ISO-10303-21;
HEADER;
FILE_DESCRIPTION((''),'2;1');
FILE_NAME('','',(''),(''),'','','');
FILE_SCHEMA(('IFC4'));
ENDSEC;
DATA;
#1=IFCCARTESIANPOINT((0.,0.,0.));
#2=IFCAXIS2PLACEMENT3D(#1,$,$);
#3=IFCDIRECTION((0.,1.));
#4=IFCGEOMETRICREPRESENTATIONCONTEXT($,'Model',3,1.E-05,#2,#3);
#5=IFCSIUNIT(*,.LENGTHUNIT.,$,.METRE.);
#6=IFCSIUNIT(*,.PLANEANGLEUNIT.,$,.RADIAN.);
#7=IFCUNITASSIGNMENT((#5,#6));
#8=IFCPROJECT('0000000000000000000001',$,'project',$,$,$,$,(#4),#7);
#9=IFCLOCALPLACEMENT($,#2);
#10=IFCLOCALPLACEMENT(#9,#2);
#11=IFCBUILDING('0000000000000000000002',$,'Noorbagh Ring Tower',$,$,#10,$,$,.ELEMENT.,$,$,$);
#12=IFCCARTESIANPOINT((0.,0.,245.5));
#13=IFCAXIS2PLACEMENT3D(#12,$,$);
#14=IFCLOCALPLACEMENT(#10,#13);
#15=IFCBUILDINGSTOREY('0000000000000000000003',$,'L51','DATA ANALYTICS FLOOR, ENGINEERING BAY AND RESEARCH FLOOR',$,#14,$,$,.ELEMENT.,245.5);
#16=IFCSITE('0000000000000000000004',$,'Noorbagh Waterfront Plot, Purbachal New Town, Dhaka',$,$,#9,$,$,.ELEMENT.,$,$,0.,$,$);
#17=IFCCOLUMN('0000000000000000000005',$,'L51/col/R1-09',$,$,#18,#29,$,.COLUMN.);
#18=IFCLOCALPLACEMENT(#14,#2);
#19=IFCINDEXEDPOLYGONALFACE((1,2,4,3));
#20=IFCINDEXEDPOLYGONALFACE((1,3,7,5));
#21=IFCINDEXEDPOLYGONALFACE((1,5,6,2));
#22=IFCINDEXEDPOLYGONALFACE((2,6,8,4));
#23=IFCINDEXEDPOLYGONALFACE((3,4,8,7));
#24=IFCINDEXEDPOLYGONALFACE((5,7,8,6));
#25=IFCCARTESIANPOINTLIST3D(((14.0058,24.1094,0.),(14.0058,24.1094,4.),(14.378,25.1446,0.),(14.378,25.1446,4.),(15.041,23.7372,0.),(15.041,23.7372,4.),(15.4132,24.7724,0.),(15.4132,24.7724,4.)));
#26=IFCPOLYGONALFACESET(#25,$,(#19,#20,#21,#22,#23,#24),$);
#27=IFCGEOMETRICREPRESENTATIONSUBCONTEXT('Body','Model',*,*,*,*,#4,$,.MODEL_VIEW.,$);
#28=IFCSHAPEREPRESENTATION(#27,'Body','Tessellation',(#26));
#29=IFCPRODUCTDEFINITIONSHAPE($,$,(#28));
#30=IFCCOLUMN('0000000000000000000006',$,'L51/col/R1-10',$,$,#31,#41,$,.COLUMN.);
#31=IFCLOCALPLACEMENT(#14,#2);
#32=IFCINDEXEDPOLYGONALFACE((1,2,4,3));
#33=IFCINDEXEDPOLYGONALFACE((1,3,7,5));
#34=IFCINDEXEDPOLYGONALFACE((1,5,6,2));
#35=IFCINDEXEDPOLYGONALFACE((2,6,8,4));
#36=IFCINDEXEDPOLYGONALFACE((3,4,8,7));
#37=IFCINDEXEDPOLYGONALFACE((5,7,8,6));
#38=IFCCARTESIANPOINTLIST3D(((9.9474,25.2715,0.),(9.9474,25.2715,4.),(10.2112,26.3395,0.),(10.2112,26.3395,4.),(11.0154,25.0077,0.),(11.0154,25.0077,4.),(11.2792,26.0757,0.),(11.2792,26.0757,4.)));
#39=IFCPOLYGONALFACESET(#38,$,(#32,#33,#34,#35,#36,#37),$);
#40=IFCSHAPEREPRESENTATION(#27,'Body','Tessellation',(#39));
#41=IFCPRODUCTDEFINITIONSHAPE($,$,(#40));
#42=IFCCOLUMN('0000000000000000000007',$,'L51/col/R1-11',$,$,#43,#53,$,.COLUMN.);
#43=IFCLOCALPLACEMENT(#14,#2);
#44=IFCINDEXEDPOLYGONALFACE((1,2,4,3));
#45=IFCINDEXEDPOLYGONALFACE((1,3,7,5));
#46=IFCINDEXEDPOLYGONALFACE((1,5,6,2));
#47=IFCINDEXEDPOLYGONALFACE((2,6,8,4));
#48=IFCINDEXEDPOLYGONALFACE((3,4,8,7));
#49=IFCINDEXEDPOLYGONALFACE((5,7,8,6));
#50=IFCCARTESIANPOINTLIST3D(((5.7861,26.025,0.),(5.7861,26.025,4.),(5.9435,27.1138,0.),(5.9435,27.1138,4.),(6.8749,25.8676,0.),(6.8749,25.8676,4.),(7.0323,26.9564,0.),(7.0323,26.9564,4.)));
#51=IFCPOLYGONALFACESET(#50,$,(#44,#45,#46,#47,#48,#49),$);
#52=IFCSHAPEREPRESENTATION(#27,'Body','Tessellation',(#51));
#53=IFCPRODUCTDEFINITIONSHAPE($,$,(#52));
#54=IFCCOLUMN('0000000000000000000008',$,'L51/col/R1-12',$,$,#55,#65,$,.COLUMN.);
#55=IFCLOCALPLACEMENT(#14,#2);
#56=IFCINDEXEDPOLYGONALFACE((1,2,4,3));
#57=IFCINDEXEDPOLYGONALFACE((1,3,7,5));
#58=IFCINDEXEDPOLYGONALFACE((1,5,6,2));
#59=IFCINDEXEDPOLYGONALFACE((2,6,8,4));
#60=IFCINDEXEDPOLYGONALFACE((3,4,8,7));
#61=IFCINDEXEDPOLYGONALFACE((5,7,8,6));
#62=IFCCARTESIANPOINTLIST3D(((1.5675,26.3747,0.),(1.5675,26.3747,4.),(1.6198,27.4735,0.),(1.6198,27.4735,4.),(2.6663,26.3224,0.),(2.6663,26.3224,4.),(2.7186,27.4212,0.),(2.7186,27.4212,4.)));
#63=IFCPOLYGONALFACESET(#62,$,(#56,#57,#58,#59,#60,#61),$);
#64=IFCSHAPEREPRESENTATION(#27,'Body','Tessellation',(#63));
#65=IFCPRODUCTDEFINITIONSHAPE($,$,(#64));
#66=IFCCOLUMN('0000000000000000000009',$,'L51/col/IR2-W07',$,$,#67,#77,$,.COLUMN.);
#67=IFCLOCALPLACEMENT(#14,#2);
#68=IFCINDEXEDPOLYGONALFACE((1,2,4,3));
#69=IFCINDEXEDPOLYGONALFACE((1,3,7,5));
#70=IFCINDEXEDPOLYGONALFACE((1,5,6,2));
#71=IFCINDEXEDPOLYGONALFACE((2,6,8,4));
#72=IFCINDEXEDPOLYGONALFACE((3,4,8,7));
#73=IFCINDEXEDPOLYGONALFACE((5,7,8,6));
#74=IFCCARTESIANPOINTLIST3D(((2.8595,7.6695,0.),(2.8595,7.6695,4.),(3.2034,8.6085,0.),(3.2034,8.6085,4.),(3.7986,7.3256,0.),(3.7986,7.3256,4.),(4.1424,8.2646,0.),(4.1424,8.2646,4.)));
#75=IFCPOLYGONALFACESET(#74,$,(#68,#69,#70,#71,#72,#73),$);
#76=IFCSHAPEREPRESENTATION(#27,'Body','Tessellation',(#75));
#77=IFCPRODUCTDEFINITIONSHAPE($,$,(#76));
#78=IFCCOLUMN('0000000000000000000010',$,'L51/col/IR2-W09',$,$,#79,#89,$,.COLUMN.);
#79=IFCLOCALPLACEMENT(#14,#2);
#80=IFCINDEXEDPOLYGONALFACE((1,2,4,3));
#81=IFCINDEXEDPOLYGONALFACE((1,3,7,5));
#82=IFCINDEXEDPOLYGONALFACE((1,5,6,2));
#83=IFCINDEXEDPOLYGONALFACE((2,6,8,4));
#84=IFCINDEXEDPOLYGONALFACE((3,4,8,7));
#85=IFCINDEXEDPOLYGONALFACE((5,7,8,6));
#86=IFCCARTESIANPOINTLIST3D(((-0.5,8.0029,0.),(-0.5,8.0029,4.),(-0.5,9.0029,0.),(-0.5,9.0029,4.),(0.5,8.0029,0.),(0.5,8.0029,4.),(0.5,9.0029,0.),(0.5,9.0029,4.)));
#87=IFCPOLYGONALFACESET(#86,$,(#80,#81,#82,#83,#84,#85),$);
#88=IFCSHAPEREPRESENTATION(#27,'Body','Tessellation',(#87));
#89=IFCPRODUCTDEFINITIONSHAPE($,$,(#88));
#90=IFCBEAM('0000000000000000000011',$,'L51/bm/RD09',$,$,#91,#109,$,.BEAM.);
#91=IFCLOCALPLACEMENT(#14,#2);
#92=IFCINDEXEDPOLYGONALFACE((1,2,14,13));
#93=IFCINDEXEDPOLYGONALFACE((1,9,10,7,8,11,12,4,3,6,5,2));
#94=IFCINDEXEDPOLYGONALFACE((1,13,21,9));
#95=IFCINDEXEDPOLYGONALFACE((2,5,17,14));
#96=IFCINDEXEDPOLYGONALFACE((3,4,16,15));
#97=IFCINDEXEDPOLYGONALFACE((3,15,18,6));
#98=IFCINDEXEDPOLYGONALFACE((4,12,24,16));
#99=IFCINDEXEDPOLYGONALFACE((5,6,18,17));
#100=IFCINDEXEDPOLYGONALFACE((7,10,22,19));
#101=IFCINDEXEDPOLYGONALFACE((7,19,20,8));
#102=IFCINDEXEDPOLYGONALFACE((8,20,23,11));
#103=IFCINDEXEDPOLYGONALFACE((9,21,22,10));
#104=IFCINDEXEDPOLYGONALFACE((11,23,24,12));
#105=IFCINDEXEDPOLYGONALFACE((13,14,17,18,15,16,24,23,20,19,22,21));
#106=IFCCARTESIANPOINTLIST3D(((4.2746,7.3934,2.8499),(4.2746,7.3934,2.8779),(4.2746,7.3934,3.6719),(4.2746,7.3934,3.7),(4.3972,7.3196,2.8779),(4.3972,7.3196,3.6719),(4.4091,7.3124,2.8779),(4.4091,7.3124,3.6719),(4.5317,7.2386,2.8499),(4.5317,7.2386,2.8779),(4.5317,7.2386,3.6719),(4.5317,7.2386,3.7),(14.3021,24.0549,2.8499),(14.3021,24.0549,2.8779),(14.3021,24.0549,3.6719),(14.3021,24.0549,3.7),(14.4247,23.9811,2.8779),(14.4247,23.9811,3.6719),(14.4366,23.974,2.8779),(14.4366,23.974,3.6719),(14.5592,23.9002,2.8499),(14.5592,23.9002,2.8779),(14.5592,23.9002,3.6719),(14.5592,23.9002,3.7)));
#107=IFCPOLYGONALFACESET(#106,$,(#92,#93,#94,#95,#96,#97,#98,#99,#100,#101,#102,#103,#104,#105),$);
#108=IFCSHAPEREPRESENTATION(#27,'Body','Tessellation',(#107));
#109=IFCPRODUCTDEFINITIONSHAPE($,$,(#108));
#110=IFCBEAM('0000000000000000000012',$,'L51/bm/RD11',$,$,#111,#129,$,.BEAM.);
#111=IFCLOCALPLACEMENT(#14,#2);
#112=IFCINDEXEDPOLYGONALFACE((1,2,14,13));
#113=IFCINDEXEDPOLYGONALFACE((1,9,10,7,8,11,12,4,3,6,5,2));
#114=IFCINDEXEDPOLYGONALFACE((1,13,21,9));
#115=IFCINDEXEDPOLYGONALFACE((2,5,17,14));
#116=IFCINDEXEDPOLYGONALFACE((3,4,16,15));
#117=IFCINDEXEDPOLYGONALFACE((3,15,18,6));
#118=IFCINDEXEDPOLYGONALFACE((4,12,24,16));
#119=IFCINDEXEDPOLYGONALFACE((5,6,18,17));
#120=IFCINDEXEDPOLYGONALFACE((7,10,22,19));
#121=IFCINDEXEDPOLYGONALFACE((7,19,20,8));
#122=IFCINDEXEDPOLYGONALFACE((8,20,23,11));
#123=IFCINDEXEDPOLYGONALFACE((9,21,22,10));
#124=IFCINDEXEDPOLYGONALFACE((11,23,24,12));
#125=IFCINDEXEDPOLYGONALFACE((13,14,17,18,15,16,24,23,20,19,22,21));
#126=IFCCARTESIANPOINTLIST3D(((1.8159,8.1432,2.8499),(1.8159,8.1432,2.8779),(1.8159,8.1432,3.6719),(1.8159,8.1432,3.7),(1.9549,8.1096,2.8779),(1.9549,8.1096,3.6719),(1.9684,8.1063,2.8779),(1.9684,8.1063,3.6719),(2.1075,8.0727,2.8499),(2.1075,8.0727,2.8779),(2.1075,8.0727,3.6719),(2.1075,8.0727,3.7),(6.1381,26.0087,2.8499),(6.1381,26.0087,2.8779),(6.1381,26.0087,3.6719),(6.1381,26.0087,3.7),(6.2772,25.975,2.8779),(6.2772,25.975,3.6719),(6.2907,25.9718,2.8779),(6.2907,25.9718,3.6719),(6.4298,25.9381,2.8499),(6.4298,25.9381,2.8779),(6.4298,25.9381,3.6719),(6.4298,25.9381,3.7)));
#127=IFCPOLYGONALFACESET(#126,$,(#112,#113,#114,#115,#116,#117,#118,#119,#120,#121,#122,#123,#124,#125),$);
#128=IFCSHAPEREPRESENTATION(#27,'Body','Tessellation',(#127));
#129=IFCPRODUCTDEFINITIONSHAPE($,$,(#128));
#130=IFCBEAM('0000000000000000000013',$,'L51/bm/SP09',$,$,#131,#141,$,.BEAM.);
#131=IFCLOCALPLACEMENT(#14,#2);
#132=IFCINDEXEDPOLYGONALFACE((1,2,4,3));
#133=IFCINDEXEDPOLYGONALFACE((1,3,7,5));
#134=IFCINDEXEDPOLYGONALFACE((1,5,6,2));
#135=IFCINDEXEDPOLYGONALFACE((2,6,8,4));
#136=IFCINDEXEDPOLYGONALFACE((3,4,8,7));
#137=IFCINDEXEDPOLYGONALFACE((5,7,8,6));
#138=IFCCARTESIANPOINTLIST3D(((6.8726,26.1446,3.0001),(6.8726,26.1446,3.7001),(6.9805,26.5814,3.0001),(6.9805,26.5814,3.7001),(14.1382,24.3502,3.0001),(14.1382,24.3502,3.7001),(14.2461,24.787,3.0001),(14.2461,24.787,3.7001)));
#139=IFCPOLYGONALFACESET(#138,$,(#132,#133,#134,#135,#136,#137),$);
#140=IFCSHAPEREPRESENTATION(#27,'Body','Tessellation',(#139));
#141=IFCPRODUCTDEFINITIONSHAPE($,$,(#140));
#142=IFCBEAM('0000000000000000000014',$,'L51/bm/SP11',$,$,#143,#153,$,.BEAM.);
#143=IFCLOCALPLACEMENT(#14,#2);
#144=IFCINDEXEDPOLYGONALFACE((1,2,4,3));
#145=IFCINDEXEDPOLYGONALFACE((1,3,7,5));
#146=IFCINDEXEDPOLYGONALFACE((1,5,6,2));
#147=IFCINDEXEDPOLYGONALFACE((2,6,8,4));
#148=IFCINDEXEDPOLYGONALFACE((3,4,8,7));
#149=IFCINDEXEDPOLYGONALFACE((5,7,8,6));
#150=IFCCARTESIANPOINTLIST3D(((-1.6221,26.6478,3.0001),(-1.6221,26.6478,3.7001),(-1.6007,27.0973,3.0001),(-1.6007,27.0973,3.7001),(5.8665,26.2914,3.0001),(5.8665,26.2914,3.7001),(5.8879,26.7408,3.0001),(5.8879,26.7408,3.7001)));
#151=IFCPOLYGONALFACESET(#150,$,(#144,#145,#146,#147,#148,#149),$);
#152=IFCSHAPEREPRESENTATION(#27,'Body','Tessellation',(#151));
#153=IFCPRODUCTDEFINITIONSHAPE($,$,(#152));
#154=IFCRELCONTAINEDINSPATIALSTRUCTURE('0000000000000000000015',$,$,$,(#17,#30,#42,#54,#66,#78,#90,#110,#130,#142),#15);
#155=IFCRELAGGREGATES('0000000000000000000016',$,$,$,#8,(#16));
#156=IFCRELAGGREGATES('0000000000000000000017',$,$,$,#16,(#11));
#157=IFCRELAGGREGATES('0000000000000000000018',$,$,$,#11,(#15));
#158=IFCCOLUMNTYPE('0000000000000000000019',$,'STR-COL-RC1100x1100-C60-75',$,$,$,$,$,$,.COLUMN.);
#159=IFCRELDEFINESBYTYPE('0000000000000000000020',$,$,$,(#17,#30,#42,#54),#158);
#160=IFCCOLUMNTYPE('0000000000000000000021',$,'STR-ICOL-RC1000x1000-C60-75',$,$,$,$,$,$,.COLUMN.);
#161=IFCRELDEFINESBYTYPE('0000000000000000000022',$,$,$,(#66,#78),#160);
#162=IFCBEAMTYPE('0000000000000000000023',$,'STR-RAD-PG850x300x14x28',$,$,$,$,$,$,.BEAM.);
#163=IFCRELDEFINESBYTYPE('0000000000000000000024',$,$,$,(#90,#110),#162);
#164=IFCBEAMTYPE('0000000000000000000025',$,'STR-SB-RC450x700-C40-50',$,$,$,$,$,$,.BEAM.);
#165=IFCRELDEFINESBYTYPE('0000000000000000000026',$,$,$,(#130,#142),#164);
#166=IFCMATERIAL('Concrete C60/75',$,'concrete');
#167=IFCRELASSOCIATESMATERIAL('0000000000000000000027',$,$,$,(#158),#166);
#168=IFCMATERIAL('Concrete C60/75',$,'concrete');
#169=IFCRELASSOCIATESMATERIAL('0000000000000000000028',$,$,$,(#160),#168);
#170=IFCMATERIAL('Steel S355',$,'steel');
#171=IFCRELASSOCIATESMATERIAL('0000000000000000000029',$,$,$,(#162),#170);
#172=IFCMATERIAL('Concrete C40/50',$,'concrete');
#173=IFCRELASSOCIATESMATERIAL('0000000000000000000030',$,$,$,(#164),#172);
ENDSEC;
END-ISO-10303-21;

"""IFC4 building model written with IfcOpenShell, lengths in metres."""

from ifc_helpers import new_model, si_unit, direction, frame, origin, origin_2d, place, context, subcontext, project, spatial, rectangle, i_section, extrude, material, material_profile, profile_set, type_object, element, save


model = new_model("IFC4")

# Units and contexts
model_context = context("Model", 3, precision=1e-05, world=origin(), true_north=direction((0.0, 1.0)))
body_context = subcontext(model_context, "Body", "Model", "MODEL_VIEW")
ifc_project = project(units=[si_unit("LENGTHUNIT", "METRE"), si_unit("PLANEANGLEUNIT", "RADIAN")], contexts=[model_context])

# Site, building, storey
site_placement = place(None, origin())
site = spatial("IfcSite", under=ifc_project, at=site_placement, Name="Noorbagh Waterfront Plot, Purbachal New Town, Dhaka", CompositionType="ELEMENT", RefElevation=0.0)
building_placement = place(site_placement, origin())
building = spatial("IfcBuilding", under=site, at=building_placement, Name="Noorbagh Ring Tower", CompositionType="ELEMENT")
storey_placement = place(building_placement, frame((0.0, 0.0, 245.5)))
storey = spatial("IfcBuildingStorey", under=building, at=storey_placement, Name="L51", Description="DATA ANALYTICS FLOOR, ENGINEERING BAY AND RESEARCH FLOOR", CompositionType="ELEMENT", Elevation=245.5)

# Columns
ifc_material_1 = material(Name="Concrete C60/75", Category="concrete")
ifc_material_profile_1 = material_profile(ifc_material_1, rectangle(XDim=1.1001, YDim=1.1001, at=origin_2d()), Name="RC1100x1100")
ifc_profile_set_1 = profile_set([ifc_material_profile_1], Name="Concrete C60/75")
column_type_1 = type_object("IfcColumnType", Name="STR-COL-RC1100x1100-C60-75", PredefinedType="COLUMN", material=ifc_profile_set_1)
for number, where, z_axis, x_axis, name in (
    (1, (14.7095, 24.4409, 0.0), (0.0, 0.0, 1.0), (-0.941025, 0.338338, 0.0), "L51/col/R1-09"),
    (2, (10.6133, 25.6736, 0.0), (0.0, 0.0, 1.0), (-0.970829, 0.239771, 0.0), "L51/col/R1-10"),
    (3, (6.4092, 26.4907, 0.0), (0.0, 0.0, 1.0), (-0.989713, 0.143066, 0.0), "L51/col/R1-11"),
    (4, (2.1431, 26.8979, 0.0), (0.0, 0.0, 1.0), (-0.998869, 0.047553, 0.0), "L51/col/R1-12"),
):
    element("IfcColumn", number, at=place(storey_placement, frame(where, z_axis=z_axis, x_axis=x_axis)), inside=storey, type_object=column_type_1, Name=name, PredefinedType="COLUMN", context=body_context, shape_type="SweptSolid", body=[
        extrude(rectangle(XDim=1.1001, YDim=1.1001, at=origin_2d()), origin(), (0.0, 0.0, 1.0), 4.0),
    ])
ifc_material_2 = material(Name="Concrete C60/75", Category="concrete")
ifc_material_profile_2 = material_profile(ifc_material_2, rectangle(XDim=1.0, YDim=1.0, at=origin_2d()), Name="RC1000x1000")
ifc_profile_set_2 = profile_set([ifc_material_profile_2], Name="Concrete C60/75")
column_type_2 = type_object("IfcColumnType", Name="STR-ICOL-RC1000x1000-C60-75", PredefinedType="COLUMN", material=ifc_profile_set_2)
for number, where, z_axis, x_axis, name in (
    (5, (3.501, 7.967, 0.0), (0.0, 0.0, 1.0), (-0.93902, 0.343864, 0.0), "L51/col/IR2-W07"),
    (6, (0.0, 8.5029, 0.0), (0.0, 0.0, 1.0), (-1.0, 0.0, 0.0), "L51/col/IR2-W09"),
):
    element("IfcColumn", number, at=place(storey_placement, frame(where, z_axis=z_axis, x_axis=x_axis)), inside=storey, type_object=column_type_2, Name=name, PredefinedType="COLUMN", context=body_context, shape_type="SweptSolid", body=[
        extrude(rectangle(XDim=1.0, YDim=1.0, at=origin_2d()), origin(), (0.0, 0.0, 1.0), 4.0),
    ])

# Beams
ifc_material_3 = material(Name="Steel S355", Category="steel")
ifc_material_profile_3 = material_profile(ifc_material_3, i_section(OverallWidth=0.3, OverallDepth=0.8501, WebThickness=0.0139, FlangeThickness=0.0281, at=origin_2d()), Name="PG850x300x14x28")
ifc_profile_set_3 = profile_set([ifc_material_profile_3], Name="Steel S355")
beam_type_1 = type_object("IfcBeamType", Name="STR-RAD-PG850x300x14x28", PredefinedType="BEAM", material=ifc_profile_set_3)
beam_1_placement = place(storey_placement, frame((14.4307, 23.9775, 3.2749), z_axis=(-0.515653, -0.856798, 0.0), x_axis=(0.856798, -0.515653, 0.0)))
element("IfcBeam", 7, at=beam_1_placement, inside=storey, type_object=beam_type_1, Name="L51/bm/RD09", PredefinedType="BEAM", context=body_context, shape_type="SweptSolid", body=[
    extrude(i_section(OverallWidth=0.3, OverallDepth=0.8501, WebThickness=0.0139, FlangeThickness=0.0281, at=origin_2d()), origin(), (0.0, 0.0, 1.0), 19.4463),
])
beam_2_placement = place(storey_placement, frame((6.2839, 25.9734, 3.2749), z_axis=(-0.23515, -0.971959, 0.0), x_axis=(0.971959, -0.23515, 0.0)))
element("IfcBeam", 8, at=beam_2_placement, inside=storey, type_object=beam_type_1, Name="L51/bm/RD11", PredefinedType="BEAM", context=body_context, shape_type="SweptSolid", body=[
    extrude(i_section(OverallWidth=0.3, OverallDepth=0.8501, WebThickness=0.0139, FlangeThickness=0.0281, at=origin_2d()), origin(), (0.0, 0.0, 1.0), 18.3809),
])
ifc_material_4 = material(Name="Concrete C40/50", Category="concrete")
ifc_material_profile_4 = material_profile(ifc_material_4, rectangle(XDim=0.45, YDim=0.7, at=origin_2d()), Name="RC450x700")
ifc_profile_set_4 = profile_set([ifc_material_profile_4], Name="Concrete C40/50")
beam_type_2 = type_object("IfcBeamType", Name="STR-SB-RC450x700-C40-50", PredefinedType="BEAM", material=ifc_profile_set_4)
beam_3_placement = place(storey_placement, frame((14.1921, 24.5686, 3.3501), z_axis=(-0.970829, 0.239771, 0.0), x_axis=(-0.239771, -0.970829, 0.0)))
element("IfcBeam", 9, at=beam_3_placement, inside=storey, type_object=beam_type_2, Name="L51/bm/SP09", PredefinedType="BEAM", context=body_context, shape_type="SweptSolid", body=[
    extrude(rectangle(XDim=0.45, YDim=0.7, at=origin_2d()), origin(), (0.0, 0.0, 1.0), 7.4839),
])
beam_4_placement = place(storey_placement, frame((5.8772, 26.5161, 3.3501), z_axis=(-0.998869, 0.047545, 0.0), x_axis=(-0.047545, -0.998869, 0.0)))
element("IfcBeam", 10, at=beam_4_placement, inside=storey, type_object=beam_type_2, Name="L51/bm/SP11", PredefinedType="BEAM", context=body_context, shape_type="SweptSolid", body=[
    extrude(rectangle(XDim=0.45, YDim=0.7, at=origin_2d()), origin(), (0.0, 0.0, 1.0), 7.4971),
])

save(model, "model.ifc")
